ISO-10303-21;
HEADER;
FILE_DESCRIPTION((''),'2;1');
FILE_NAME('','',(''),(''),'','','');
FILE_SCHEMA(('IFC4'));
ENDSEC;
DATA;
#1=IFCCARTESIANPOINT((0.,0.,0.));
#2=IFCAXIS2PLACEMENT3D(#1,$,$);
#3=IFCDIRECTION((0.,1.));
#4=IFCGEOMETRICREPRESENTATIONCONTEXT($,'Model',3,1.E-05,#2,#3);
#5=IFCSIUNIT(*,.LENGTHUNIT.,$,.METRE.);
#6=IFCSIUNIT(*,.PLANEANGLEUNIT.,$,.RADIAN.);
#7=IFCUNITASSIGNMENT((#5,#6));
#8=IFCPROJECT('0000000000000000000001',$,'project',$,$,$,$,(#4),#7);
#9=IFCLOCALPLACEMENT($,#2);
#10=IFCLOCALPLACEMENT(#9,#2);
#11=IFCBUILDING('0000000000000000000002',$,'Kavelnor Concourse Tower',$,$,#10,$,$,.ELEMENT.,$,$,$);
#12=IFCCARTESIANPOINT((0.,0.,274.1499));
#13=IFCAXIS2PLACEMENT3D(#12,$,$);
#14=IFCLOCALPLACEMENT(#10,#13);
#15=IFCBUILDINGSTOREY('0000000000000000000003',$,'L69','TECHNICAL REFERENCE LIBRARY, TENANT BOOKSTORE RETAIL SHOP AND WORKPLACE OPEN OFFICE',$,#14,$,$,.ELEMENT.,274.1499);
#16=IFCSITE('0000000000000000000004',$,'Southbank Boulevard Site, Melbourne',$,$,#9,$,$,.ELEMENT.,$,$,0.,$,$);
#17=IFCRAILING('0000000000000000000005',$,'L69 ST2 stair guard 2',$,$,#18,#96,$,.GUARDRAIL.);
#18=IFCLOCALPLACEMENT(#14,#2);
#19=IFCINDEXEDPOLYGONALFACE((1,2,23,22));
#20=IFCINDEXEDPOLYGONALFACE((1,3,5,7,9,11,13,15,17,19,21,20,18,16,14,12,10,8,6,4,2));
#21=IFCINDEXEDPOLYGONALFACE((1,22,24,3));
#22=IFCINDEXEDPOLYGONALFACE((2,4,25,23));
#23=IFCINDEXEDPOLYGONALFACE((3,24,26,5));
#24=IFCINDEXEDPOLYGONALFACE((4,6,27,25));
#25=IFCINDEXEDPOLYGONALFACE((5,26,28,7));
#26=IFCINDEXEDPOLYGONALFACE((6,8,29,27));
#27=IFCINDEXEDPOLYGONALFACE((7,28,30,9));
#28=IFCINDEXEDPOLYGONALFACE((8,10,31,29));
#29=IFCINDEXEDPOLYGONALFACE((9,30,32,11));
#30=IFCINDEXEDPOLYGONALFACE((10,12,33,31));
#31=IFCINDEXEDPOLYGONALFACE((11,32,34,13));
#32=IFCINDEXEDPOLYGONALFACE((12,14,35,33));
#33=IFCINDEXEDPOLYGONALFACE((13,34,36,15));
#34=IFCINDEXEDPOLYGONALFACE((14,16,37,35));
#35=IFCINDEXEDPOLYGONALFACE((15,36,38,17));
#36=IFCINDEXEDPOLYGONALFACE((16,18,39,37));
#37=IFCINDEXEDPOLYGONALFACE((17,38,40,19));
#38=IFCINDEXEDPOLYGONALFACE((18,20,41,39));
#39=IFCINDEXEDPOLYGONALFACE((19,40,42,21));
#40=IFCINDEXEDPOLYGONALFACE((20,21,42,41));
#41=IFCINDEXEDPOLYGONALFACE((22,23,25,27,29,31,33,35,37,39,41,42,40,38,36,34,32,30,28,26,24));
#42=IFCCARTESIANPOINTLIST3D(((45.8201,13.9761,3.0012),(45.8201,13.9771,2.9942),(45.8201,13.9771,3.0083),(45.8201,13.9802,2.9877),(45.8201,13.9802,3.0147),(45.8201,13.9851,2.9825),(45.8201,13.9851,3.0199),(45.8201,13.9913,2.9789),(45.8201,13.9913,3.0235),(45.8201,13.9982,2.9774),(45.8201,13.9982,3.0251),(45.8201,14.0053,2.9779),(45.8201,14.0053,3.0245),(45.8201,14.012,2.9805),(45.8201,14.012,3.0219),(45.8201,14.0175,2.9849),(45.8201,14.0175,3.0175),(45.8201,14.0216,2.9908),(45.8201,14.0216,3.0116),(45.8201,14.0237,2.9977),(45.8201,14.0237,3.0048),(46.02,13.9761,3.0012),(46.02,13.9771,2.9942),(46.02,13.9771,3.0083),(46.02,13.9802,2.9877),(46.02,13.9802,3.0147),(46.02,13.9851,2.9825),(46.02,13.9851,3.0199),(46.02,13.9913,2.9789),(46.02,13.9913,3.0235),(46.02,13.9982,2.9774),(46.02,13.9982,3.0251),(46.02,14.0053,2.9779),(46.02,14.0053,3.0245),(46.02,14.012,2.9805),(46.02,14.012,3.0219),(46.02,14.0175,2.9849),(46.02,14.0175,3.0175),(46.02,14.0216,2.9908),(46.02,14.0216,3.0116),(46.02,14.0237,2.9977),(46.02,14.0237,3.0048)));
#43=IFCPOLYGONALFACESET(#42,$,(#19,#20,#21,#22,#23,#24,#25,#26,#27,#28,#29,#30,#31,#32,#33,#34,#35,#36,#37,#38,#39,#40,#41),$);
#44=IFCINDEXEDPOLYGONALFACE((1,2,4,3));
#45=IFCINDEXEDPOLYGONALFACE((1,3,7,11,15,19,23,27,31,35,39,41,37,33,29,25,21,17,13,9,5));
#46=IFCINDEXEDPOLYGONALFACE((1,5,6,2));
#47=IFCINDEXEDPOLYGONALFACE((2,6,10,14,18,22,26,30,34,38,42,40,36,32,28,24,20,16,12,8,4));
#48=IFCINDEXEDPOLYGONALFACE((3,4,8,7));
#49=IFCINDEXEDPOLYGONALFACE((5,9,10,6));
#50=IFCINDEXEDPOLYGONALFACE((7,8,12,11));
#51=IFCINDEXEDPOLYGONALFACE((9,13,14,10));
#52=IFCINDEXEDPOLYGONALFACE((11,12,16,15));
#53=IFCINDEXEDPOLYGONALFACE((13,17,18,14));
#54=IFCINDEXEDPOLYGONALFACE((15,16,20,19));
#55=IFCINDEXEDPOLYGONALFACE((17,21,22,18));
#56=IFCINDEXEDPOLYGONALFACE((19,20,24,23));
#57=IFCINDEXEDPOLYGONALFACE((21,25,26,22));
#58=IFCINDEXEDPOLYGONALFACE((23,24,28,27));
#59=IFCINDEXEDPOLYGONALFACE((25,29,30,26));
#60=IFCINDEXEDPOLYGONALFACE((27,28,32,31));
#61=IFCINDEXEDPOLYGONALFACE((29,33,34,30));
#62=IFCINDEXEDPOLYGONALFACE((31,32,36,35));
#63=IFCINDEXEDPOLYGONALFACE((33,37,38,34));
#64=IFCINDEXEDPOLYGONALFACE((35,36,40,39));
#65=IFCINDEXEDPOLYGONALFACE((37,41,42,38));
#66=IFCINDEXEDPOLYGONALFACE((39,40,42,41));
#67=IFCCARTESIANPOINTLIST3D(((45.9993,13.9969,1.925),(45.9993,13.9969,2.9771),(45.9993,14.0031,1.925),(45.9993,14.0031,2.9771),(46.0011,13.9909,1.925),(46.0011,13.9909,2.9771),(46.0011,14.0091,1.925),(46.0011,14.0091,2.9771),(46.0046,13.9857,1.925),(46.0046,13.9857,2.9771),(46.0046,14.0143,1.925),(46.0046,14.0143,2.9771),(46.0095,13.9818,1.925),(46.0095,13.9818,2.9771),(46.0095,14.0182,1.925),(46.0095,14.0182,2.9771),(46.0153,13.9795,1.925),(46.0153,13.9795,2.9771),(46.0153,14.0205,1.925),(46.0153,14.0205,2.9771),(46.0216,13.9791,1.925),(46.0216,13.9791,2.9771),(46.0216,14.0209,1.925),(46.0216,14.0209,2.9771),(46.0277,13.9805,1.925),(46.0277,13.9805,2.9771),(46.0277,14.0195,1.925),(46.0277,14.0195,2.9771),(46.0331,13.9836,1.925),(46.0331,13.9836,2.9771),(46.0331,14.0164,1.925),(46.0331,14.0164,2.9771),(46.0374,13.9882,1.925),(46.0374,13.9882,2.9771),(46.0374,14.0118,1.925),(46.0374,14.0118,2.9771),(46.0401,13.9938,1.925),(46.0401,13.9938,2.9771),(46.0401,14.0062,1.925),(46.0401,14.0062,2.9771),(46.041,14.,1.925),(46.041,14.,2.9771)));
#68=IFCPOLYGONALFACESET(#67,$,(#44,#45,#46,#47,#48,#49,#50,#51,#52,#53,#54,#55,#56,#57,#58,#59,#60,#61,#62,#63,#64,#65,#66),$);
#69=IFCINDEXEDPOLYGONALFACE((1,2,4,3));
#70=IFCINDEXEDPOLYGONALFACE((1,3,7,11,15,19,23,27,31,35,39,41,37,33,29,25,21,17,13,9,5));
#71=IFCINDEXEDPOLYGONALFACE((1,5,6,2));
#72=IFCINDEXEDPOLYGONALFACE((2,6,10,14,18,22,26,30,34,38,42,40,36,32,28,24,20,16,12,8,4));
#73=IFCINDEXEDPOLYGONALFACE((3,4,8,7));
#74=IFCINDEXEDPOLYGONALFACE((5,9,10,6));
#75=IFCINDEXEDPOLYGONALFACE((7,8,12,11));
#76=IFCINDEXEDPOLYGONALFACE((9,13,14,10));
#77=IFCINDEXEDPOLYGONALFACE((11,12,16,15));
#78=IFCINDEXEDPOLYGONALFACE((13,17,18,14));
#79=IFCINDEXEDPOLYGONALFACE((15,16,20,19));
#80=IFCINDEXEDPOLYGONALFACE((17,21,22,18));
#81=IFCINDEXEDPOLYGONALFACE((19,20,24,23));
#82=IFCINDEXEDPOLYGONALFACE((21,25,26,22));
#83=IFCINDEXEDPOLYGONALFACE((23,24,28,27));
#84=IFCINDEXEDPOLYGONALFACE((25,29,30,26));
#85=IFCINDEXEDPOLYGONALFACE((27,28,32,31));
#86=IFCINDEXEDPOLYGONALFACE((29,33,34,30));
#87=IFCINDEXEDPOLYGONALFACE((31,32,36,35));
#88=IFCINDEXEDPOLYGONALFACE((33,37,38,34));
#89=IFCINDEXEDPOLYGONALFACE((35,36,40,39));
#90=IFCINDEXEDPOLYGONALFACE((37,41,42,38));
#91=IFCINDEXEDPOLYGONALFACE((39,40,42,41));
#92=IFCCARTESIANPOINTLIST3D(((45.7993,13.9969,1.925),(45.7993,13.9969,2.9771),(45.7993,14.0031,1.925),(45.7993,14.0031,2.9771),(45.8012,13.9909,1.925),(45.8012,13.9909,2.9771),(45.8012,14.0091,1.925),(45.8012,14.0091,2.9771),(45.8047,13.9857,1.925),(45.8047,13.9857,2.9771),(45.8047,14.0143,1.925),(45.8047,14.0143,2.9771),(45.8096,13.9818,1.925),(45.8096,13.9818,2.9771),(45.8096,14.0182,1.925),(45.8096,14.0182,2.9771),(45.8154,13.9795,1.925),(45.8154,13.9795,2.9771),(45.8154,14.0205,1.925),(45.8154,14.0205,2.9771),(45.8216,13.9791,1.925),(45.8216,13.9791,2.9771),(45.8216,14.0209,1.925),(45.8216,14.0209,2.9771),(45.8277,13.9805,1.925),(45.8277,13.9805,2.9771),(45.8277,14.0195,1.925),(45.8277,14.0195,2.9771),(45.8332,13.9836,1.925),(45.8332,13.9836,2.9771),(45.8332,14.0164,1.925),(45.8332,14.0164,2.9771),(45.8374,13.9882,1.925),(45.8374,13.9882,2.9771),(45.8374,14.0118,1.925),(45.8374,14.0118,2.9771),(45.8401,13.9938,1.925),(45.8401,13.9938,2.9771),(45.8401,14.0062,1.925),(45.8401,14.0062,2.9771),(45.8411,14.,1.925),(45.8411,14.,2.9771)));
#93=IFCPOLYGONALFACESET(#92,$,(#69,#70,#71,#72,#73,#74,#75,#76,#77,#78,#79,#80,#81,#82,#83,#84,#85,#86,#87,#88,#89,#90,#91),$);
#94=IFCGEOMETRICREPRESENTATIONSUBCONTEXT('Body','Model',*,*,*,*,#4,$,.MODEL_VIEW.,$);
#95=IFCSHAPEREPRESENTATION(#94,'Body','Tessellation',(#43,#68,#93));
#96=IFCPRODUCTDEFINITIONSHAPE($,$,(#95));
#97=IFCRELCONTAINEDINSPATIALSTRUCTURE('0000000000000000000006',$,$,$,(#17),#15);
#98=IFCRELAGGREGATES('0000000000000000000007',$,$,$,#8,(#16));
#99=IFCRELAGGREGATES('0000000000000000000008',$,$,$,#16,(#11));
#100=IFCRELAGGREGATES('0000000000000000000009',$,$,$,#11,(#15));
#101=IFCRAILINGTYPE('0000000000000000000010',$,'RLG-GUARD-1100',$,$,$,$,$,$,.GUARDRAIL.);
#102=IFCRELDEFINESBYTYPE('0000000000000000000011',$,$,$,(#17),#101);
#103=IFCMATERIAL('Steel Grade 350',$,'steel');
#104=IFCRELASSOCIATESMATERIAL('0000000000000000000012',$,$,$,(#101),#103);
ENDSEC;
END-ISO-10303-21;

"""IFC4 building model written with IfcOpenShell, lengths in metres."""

from ifc_helpers import new_model, si_unit, direction, frame, origin, origin_2d, place, context, subcontext, project, spatial, circle, extrude, material, type_object, element, save


model = new_model("IFC4")

# Units and contexts
model_context = context("Model", 3, precision=1e-05, world=origin(), true_north=direction((0.0, 1.0)))
body_context = subcontext(model_context, "Body", "Model", "MODEL_VIEW")
ifc_project = project(units=[si_unit("LENGTHUNIT", "METRE"), si_unit("PLANEANGLEUNIT", "RADIAN")], contexts=[model_context])

# Site, building, storey
site_placement = place(None, origin())
site = spatial("IfcSite", under=ifc_project, at=site_placement, Name="Southbank Boulevard Site, Melbourne", CompositionType="ELEMENT", RefElevation=0.0)
building_placement = place(site_placement, origin())
building = spatial("IfcBuilding", under=site, at=building_placement, Name="Kavelnor Concourse Tower", CompositionType="ELEMENT")
storey_placement = place(building_placement, frame((0.0, 0.0, 274.1499)))
storey = spatial("IfcBuildingStorey", under=building, at=storey_placement, Name="L69", Description="TECHNICAL REFERENCE LIBRARY, TENANT BOOKSTORE RETAIL SHOP AND WORKPLACE OPEN OFFICE", CompositionType="ELEMENT", Elevation=274.1499)

# Shared definitions
ifc_material_1 = material(Name="Steel Grade 350", Category="steel")

# Railing
railing_type_1 = type_object("IfcRailingType", Name="RLG-GUARD-1100", PredefinedType="GUARDRAIL", material=ifc_material_1)
railing_1_placement = place(storey_placement, frame((46.02, 14.0, 1.925)))
element("IfcRailing", 1, at=railing_1_placement, inside=storey, type_object=railing_type_1, Name="L69 ST2 stair guard 2", PredefinedType="GUARDRAIL", context=body_context, shape_type="SweptSolid", body=[
    extrude(circle(Radius=0.0239, at=origin_2d()), frame((0.0, 0.0, 1.0762), z_axis=(-1.0, 0.0, 0.0), x_axis=(0.0, -1.0, 0.0)), (0.0, 0.0, 1.0), 0.2),
    extrude(circle(Radius=0.021, at=origin_2d()), origin(), (0.0, 0.0, 1.0), 1.052),
    extrude(circle(Radius=0.021, at=origin_2d()), frame((-0.2, 0.0, 0.0)), (0.0, 0.0, 1.0), 1.052),
])

save(model, "model.ifc")
